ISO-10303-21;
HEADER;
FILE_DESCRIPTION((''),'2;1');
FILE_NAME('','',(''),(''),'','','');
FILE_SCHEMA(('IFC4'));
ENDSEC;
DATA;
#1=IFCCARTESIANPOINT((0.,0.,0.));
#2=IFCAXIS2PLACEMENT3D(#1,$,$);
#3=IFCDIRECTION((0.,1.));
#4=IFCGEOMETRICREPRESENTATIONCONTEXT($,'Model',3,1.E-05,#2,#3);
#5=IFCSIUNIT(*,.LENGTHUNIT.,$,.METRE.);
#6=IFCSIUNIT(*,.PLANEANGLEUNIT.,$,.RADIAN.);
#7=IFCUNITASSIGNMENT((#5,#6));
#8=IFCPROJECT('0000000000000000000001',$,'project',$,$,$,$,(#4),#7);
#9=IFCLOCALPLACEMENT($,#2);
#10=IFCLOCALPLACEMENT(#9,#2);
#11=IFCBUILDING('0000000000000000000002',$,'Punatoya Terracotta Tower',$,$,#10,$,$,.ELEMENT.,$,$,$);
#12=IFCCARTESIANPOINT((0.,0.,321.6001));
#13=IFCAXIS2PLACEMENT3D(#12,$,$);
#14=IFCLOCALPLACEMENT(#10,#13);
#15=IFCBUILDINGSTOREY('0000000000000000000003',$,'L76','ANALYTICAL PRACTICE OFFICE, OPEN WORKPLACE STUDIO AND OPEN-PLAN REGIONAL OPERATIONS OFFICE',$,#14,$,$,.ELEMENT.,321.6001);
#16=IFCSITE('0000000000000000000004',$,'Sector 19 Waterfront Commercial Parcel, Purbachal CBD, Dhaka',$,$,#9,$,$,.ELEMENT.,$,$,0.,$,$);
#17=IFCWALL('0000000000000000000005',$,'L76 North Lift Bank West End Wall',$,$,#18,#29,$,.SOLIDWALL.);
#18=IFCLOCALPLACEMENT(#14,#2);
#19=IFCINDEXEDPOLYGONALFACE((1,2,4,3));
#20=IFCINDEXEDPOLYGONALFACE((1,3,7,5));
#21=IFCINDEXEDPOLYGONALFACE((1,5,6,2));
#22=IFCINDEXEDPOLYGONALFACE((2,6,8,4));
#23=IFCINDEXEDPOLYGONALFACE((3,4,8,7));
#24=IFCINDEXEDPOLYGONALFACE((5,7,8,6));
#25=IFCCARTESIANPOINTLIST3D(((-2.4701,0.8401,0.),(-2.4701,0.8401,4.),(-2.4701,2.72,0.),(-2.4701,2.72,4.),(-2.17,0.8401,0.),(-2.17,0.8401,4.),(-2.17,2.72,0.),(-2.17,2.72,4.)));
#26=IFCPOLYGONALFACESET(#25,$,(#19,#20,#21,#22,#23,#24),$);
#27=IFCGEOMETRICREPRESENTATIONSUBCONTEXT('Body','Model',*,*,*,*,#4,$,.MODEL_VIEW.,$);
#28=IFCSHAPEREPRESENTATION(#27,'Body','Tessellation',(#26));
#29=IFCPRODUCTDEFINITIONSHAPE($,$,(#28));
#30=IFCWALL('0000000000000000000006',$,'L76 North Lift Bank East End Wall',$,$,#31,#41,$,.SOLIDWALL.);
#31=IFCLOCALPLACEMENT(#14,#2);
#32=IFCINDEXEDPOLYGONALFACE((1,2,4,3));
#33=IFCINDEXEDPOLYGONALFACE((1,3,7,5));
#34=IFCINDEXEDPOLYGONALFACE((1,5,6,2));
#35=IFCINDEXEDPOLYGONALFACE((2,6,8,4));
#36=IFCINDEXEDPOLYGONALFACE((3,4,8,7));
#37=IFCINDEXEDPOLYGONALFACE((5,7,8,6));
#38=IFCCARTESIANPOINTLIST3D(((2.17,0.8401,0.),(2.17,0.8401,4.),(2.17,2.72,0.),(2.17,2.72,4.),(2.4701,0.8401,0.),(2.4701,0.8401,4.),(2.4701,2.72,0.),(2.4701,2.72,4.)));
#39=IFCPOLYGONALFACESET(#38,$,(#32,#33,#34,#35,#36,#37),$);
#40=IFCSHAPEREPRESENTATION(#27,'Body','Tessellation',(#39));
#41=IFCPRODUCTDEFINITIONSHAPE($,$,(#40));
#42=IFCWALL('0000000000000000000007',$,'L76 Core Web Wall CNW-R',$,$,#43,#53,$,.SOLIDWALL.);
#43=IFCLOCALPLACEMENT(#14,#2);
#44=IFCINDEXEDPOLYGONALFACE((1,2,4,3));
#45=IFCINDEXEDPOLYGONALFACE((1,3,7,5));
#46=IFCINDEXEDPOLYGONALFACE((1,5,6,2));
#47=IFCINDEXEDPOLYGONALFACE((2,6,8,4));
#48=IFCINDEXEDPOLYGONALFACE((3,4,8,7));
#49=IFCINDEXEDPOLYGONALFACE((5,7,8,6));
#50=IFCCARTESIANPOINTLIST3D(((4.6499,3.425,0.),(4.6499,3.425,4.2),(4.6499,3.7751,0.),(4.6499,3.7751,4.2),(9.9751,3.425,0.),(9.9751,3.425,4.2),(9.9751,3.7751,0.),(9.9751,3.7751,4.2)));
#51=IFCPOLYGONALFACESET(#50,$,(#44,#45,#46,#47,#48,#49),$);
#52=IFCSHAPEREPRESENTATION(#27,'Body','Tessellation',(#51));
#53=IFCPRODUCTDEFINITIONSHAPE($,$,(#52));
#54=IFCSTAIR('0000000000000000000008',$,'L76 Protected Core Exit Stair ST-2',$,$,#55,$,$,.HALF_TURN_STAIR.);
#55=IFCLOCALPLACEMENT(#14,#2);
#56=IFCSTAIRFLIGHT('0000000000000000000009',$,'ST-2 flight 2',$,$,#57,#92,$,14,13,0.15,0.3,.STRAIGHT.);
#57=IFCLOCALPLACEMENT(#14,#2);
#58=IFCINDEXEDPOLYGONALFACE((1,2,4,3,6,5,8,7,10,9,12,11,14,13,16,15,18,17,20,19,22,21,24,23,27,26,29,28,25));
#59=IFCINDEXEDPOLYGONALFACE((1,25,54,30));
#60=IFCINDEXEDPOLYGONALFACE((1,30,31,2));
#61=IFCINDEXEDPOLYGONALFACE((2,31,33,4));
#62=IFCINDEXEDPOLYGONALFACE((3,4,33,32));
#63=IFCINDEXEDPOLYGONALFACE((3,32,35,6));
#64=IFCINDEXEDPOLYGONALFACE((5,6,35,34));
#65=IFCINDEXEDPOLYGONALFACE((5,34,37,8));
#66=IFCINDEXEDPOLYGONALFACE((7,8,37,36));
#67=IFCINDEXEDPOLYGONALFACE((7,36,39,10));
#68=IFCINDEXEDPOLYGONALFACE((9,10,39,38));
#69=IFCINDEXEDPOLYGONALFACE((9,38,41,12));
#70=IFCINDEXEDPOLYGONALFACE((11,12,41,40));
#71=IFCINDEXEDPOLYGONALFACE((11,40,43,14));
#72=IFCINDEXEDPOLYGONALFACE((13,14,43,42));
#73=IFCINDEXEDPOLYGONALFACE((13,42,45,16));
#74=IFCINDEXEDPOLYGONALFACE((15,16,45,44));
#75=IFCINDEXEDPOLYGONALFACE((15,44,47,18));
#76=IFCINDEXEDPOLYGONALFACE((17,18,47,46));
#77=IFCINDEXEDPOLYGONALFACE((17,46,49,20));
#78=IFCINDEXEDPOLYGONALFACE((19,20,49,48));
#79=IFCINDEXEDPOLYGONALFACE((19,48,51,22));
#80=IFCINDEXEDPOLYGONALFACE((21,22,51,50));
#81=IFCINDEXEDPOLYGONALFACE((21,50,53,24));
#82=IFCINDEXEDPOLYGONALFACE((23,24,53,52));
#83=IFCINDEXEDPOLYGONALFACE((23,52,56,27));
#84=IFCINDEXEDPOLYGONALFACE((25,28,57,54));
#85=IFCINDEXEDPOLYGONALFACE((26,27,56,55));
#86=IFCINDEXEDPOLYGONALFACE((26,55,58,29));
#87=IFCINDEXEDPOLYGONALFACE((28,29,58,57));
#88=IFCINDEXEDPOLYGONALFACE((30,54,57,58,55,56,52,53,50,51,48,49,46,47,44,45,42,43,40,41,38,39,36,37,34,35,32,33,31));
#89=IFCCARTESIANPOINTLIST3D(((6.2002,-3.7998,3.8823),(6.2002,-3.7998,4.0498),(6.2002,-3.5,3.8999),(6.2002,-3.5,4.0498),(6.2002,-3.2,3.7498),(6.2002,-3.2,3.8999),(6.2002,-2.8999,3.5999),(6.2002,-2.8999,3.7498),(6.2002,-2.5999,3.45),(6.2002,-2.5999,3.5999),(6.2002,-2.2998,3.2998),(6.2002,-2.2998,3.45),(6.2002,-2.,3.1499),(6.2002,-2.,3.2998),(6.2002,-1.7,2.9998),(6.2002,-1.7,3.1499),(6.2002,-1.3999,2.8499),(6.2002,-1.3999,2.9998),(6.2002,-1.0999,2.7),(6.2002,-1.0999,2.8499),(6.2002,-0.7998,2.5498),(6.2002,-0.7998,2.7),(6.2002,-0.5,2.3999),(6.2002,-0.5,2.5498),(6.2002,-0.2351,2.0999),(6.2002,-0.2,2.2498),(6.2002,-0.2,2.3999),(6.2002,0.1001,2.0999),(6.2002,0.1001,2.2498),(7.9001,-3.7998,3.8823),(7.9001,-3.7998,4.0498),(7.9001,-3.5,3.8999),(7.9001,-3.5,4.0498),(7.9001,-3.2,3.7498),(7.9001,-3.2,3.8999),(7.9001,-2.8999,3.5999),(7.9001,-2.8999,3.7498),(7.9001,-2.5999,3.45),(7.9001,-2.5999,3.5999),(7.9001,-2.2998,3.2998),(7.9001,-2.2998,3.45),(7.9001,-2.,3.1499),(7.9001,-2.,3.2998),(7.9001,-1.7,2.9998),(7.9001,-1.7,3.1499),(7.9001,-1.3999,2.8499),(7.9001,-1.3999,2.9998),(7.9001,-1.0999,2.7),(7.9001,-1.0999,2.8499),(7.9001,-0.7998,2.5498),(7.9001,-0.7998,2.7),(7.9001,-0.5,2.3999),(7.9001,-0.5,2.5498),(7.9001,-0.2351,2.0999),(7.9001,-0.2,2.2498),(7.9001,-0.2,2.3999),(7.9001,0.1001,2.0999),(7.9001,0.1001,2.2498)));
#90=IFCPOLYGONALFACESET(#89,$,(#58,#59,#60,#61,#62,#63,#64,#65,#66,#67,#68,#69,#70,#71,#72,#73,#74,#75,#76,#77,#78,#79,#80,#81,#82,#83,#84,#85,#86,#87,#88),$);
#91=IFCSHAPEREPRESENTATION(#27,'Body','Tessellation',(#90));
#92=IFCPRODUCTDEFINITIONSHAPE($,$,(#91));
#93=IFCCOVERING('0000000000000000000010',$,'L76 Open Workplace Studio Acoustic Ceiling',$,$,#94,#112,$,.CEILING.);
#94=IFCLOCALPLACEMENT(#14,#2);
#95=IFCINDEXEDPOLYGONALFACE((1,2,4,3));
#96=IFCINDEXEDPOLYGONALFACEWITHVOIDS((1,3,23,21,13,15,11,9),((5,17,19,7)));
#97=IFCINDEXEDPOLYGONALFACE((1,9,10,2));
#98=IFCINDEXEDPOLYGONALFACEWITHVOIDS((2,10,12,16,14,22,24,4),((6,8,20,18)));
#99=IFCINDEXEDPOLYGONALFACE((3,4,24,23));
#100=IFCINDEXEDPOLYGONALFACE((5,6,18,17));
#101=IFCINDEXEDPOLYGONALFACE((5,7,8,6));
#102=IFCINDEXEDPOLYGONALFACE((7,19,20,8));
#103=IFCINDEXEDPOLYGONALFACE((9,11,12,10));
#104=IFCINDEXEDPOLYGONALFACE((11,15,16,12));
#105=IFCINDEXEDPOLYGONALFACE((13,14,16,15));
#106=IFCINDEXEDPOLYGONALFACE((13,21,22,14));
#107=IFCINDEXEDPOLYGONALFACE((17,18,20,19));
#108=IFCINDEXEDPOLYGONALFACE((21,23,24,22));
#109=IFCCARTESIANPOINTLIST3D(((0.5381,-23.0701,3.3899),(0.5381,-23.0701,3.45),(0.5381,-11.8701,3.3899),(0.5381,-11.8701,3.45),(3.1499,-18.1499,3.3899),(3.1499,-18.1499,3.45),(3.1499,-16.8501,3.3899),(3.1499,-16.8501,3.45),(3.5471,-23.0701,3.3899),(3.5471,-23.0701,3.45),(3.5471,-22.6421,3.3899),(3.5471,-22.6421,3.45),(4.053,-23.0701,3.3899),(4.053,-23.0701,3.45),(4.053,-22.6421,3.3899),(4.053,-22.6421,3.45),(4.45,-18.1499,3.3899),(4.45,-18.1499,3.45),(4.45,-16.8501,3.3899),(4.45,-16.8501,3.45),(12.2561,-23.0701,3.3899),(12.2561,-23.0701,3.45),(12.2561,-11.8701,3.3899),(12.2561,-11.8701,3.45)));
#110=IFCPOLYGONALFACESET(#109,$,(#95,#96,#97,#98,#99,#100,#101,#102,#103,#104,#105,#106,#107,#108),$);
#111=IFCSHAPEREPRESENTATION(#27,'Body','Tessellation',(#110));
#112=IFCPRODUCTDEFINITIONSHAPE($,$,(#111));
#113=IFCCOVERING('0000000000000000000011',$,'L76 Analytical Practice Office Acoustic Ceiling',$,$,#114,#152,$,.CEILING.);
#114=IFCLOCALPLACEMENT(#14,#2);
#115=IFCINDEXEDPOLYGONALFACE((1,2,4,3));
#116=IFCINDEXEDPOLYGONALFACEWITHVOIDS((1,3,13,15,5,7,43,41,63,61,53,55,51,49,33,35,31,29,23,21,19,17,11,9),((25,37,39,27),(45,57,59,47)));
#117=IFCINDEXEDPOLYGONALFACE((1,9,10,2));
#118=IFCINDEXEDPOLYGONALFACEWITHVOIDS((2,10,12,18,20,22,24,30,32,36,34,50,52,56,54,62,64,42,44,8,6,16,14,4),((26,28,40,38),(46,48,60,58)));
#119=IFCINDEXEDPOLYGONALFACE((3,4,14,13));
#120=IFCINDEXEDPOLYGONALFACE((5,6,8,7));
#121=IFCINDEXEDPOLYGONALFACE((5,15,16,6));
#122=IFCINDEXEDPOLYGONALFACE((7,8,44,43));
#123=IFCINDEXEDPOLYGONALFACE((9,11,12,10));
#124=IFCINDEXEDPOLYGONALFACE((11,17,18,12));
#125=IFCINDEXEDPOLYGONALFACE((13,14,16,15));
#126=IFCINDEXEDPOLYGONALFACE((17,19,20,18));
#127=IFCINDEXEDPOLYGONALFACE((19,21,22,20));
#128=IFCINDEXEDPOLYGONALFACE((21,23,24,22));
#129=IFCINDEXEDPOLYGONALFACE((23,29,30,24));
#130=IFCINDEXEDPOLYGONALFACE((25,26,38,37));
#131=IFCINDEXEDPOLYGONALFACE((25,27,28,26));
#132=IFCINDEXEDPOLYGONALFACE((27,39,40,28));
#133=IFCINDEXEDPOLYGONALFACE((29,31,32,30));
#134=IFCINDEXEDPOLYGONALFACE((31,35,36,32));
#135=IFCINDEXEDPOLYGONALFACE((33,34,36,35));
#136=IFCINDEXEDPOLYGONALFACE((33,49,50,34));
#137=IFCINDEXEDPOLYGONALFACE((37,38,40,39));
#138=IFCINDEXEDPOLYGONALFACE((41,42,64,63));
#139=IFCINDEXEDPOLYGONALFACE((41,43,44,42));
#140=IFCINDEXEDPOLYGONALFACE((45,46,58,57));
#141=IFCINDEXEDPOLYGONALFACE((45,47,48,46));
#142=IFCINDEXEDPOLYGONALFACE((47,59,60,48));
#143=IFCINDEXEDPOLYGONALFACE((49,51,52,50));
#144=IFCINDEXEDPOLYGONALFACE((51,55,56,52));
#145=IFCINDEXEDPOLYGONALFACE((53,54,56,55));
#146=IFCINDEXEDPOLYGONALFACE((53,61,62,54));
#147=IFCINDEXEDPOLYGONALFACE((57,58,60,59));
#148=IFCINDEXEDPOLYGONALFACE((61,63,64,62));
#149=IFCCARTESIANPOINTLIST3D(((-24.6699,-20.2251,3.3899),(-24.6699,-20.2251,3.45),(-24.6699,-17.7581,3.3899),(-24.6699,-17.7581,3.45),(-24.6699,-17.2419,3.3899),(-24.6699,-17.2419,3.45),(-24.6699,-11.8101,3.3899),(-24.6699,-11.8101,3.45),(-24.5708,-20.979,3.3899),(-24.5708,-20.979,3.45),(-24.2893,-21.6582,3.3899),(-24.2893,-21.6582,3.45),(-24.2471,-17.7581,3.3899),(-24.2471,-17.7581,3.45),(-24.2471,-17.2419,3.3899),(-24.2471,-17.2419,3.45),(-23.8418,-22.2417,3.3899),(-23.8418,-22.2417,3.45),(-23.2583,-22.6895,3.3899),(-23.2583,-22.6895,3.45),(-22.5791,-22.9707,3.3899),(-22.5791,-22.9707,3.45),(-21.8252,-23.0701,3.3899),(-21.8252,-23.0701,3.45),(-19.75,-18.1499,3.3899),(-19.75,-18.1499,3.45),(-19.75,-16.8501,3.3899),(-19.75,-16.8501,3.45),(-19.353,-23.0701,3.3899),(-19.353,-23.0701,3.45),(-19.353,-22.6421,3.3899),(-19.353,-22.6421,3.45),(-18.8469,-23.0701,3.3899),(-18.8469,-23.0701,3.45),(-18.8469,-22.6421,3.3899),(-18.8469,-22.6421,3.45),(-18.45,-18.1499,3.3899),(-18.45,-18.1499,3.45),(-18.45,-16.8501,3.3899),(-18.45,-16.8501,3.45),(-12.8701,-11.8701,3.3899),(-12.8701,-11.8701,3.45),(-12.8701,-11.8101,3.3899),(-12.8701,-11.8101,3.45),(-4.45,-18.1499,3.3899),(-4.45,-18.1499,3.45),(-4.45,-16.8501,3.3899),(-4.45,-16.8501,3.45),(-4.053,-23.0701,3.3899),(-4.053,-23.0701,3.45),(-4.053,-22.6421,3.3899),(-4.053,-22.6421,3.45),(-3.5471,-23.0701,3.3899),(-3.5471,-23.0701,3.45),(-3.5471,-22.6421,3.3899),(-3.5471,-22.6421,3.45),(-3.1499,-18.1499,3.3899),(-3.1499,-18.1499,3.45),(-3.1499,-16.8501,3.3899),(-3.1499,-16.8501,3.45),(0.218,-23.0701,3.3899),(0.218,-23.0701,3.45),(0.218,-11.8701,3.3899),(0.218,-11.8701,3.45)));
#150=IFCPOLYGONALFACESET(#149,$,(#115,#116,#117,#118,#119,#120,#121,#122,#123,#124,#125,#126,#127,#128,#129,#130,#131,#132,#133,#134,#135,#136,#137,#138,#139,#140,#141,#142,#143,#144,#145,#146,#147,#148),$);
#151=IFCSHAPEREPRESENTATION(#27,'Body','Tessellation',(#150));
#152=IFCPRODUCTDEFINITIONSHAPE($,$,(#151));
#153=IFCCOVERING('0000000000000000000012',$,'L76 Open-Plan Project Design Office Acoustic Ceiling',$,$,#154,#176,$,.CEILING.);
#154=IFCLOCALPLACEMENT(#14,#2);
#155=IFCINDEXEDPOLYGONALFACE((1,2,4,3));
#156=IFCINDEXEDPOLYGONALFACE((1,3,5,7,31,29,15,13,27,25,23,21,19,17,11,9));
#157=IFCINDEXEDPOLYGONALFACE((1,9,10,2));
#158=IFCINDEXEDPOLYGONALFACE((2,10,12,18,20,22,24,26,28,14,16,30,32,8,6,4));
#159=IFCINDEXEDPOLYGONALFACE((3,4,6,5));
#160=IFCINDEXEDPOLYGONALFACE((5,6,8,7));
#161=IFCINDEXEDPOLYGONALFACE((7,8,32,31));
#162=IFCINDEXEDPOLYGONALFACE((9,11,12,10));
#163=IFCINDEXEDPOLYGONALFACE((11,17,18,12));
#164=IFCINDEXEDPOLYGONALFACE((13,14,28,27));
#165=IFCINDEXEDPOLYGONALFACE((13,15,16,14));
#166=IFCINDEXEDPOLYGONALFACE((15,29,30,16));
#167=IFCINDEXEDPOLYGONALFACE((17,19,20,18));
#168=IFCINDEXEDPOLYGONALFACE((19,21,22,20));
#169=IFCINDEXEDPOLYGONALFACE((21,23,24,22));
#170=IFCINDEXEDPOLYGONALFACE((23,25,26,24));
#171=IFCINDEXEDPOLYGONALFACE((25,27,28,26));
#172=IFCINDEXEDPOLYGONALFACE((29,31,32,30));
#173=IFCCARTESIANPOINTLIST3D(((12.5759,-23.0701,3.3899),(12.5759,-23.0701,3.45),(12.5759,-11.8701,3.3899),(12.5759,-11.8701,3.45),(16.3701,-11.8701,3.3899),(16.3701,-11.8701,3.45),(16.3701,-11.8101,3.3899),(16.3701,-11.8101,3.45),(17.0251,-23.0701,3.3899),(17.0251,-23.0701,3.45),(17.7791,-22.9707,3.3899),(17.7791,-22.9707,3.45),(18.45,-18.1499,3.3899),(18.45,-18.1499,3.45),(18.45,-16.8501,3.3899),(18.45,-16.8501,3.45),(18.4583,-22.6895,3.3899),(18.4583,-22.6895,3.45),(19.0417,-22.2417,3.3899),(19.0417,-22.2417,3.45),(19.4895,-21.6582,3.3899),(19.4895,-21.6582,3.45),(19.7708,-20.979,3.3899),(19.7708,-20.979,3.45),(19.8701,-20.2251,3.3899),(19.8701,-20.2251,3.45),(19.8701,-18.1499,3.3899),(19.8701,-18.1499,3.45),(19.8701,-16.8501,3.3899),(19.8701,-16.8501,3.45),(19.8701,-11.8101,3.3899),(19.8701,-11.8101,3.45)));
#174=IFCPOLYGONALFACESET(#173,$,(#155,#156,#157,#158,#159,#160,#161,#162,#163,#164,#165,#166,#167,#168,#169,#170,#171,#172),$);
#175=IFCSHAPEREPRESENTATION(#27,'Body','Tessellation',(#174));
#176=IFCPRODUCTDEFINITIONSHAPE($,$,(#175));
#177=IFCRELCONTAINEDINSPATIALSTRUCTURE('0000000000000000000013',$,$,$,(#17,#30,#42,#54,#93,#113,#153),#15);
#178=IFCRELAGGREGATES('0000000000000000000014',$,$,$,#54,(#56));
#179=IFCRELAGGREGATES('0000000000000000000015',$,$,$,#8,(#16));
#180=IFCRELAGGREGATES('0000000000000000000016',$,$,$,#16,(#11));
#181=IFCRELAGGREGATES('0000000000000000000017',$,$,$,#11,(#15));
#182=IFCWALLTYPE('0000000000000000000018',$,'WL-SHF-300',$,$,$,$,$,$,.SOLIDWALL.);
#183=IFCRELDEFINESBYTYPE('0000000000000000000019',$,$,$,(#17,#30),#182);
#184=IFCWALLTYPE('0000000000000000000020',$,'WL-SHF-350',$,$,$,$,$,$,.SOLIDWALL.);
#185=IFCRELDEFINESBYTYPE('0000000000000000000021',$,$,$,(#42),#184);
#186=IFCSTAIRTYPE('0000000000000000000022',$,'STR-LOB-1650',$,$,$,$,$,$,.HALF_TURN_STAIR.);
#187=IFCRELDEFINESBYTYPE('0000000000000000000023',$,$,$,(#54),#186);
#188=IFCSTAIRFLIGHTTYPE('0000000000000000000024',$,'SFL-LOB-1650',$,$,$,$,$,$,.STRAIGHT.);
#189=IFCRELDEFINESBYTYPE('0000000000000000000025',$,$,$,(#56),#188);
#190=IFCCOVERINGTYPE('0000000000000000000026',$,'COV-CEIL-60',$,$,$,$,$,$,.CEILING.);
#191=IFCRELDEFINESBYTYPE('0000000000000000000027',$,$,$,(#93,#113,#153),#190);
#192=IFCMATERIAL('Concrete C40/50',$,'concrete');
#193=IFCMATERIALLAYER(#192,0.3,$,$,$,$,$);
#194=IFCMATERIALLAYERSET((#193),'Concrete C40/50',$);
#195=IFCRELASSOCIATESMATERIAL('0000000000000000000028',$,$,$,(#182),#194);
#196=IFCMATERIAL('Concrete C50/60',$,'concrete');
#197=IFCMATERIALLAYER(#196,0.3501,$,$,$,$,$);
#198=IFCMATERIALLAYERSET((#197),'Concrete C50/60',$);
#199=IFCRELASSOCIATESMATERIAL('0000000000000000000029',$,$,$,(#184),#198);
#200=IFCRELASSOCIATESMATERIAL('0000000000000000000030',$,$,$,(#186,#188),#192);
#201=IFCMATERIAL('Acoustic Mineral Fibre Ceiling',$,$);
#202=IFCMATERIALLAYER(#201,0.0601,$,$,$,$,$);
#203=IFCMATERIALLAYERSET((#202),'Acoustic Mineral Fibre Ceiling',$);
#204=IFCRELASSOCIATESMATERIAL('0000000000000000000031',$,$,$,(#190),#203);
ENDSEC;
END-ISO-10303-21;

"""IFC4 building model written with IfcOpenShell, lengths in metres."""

from ifc_helpers import new_model, si_unit, direction, frame, frame_2d, origin, place, context, subcontext, project, spatial, polyline, rectangle, outline, extrude, material, layer, layer_set, type_object, element, aggregate, save


model = new_model("IFC4")

# Units and contexts
model_context = context("Model", 3, precision=1e-05, world=origin(), true_north=direction((0.0, 1.0)))
body_context = subcontext(model_context, "Body", "Model", "MODEL_VIEW")
ifc_project = project(units=[si_unit("LENGTHUNIT", "METRE"), si_unit("PLANEANGLEUNIT", "RADIAN")], contexts=[model_context])

# Site, building, storey
site_placement = place(None, origin())
site = spatial("IfcSite", under=ifc_project, at=site_placement, Name="Sector 19 Waterfront Commercial Parcel, Purbachal CBD, Dhaka", CompositionType="ELEMENT", RefElevation=0.0)
building_placement = place(site_placement, origin())
building = spatial("IfcBuilding", under=site, at=building_placement, Name="Punatoya Terracotta Tower", CompositionType="ELEMENT")
storey_placement = place(building_placement, frame((0.0, 0.0, 321.6001)))
storey = spatial("IfcBuildingStorey", under=building, at=storey_placement, Name="L76", Description="ANALYTICAL PRACTICE OFFICE, OPEN WORKPLACE STUDIO AND OPEN-PLAN REGIONAL OPERATIONS OFFICE", CompositionType="ELEMENT", Elevation=321.6001)

# Shared definitions
ifc_material_1 = material(Name="Concrete C40/50", Category="concrete")

# Shared definitions
ifc_layer_1 = layer(ifc_material_1, 0.3)
ifc_layer_set_1 = layer_set([ifc_layer_1], Name="Concrete C40/50")
wall_type_1 = type_object("IfcWallType", Name="WL-SHF-300", PredefinedType="SOLIDWALL", material=ifc_layer_set_1)

# Walls
for number, where, z_axis, x_axis, name in (
    (1, (-2.3201, 0.8401, 0.0), (0.0, 0.0, 1.0), (0.0, 1.0, 0.0), "L76 North Lift Bank West End Wall"),
    (2, (2.3201, 0.8401, 0.0), (0.0, 0.0, 1.0), (0.0, 1.0, 0.0), "L76 North Lift Bank East End Wall"),
):
    element("IfcWall", number, at=place(storey_placement, frame(where, z_axis=z_axis, x_axis=x_axis)), inside=storey, type_object=wall_type_1, Name=name, PredefinedType="SOLIDWALL", context=body_context, shape_type="SweptSolid", body=[
        extrude(rectangle(XDim=1.8799, YDim=0.3, at=frame_2d((0.9399, 0.0))), origin(), (0.0, 0.0, 1.0), 4.0),
    ])
ifc_material_2 = material(Name="Concrete C50/60", Category="concrete")
ifc_layer_2 = layer(ifc_material_2, 0.3501)
ifc_layer_set_2 = layer_set([ifc_layer_2], Name="Concrete C50/60")
wall_type_2 = type_object("IfcWallType", Name="WL-SHF-350", PredefinedType="SOLIDWALL", material=ifc_layer_set_2)
wall_1_placement = place(storey_placement, frame((4.6499, 3.6001, 0.0), z_axis=(0.0, 0.0, 1.0), x_axis=(1.0, 0.0, 0.0)))
element("IfcWall", 3, at=wall_1_placement, inside=storey, type_object=wall_type_2, Name="L76 Core Web Wall CNW-R", PredefinedType="SOLIDWALL", context=body_context, shape_type="SweptSolid", body=[
    extrude(rectangle(XDim=5.3252, YDim=0.3501, at=frame_2d((2.6626, 0.0))), origin(), (0.0, 0.0, 1.0), 4.2),
])

# Stair, stair flight
stair_type = type_object("IfcStairType", Name="STR-LOB-1650", PredefinedType="HALF_TURN_STAIR", material=ifc_material_1)
stair_placement = place(storey_placement, origin())
stair = element("IfcStair", 4, at=stair_placement, inside=storey, type_object=stair_type, Name="L76 Protected Core Exit Stair ST-2", PredefinedType="HALF_TURN_STAIR")
stair_flight_type = type_object("IfcStairFlightType", Name="SFL-LOB-1650", PredefinedType="STRAIGHT", material=ifc_material_1)
stair_flight_placement = place(storey_placement, frame((7.05, 0.1001, 2.0999), z_axis=(0.0, 0.0, 1.0), x_axis=(0.0, -1.0, 0.0)))
stair_flight = element("IfcStairFlight", 5, at=stair_flight_placement, type_object=stair_flight_type, Name="ST-2 flight 2", NumberOfRisers=14, NumberOfTreads=13, PredefinedType="STRAIGHT", RiserHeight=0.15, TreadLength=0.3, context=body_context, shape_type="SweptSolid", body=[
    extrude(outline(polyline([(0.0, 0.0), (0.0, 0.1499), (0.3, 0.1499), (0.3, 0.3), (0.6001, 0.3), (0.6001, 0.45), (0.8999, 0.45), (0.8999, 0.6001), (1.2, 0.6001), (1.2, 0.75), (1.5, 0.75), (1.5, 0.8999), (1.8, 0.8999), (1.8, 1.05), (2.1001, 1.05), (2.1001, 1.2), (2.3999, 1.2), (2.3999, 1.3501), (2.7, 1.3501), (2.7, 1.5), (3.0, 1.5), (3.0, 1.6499), (3.3, 1.6499), (3.3, 1.8), (3.6001, 1.8), (3.6001, 1.95), (3.8999, 1.95), (3.8999, 2.1001), (3.8999, 1.7825), (0.3352, 0.0), (0.0, 0.0)])), frame((0.0, 0.8501, 0.0), z_axis=(0.0, -1.0, 0.0), x_axis=(1.0, 0.0, 0.0)), (0.0, 0.0, 1.0), 1.7),
])
aggregate(stair, [stair_flight])

# Coverings
ifc_material_3 = material(Name="Acoustic Mineral Fibre Ceiling")
ifc_layer_3 = layer(ifc_material_3, 0.0601)
ifc_layer_set_3 = layer_set([ifc_layer_3], Name="Acoustic Mineral Fibre Ceiling")
covering_type = type_object("IfcCoveringType", Name="COV-CEIL-60", PredefinedType="CEILING", material=ifc_layer_set_3)
covering_1_placement = place(storey_placement, frame((0.0, 0.0, 3.3899)))
element("IfcCovering", 6, at=covering_1_placement, inside=storey, type_object=covering_type, Name="L76 Open Workplace Studio Acoustic Ceiling", PredefinedType="CEILING", context=body_context, shape_type="SweptSolid", body=[
    extrude(outline(polyline([(3.5471, -22.6421), (4.053, -22.6421), (4.053, -23.0701), (12.2561, -23.0701), (12.2561, -11.8701), (0.5381, -11.8701), (0.5381, -23.0701), (3.5471, -23.0701), (3.5471, -22.6421)]), holes=[polyline([(4.45, -16.8501), (4.45, -18.1499), (3.1499, -18.1499), (3.1499, -16.8501), (4.45, -16.8501)])]), origin(), (0.0, 0.0, 1.0), 0.0601),
])
covering_2_placement = place(storey_placement, frame((0.0, 0.0, 3.3899)))
element("IfcCovering", 7, at=covering_2_placement, inside=storey, type_object=covering_type, Name="L76 Analytical Practice Office Acoustic Ceiling", PredefinedType="CEILING", context=body_context, shape_type="SweptSolid", body=[
    extrude(outline(polyline([(-12.8701, -11.8701), (-12.8701, -11.8101), (-24.6699, -11.8101), (-24.6699, -17.2419), (-24.2471, -17.2419), (-24.2471, -17.7581), (-24.6699, -17.7581), (-24.6699, -20.2251), (-24.5708, -20.979), (-24.2893, -21.6582), (-23.8418, -22.2417), (-23.2583, -22.6895), (-22.5791, -22.9707), (-21.8252, -23.0701), (-19.353, -23.0701), (-19.353, -22.6421), (-18.8469, -22.6421), (-18.8469, -23.0701), (-4.053, -23.0701), (-4.053, -22.6421), (-3.5471, -22.6421), (-3.5471, -23.0701), (0.218, -23.0701), (0.218, -11.8701), (-12.8701, -11.8701)]), holes=[polyline([(-4.45, -16.8501), (-3.1499, -16.8501), (-3.1499, -18.1499), (-4.45, -18.1499), (-4.45, -16.8501)]), polyline([(-19.75, -18.1499), (-19.75, -16.8501), (-18.45, -16.8501), (-18.45, -18.1499), (-19.75, -18.1499)])]), origin(), (0.0, 0.0, 1.0), 0.0601),
])
covering_3_placement = place(storey_placement, frame((0.0, 0.0, 3.3899)))
element("IfcCovering", 8, at=covering_3_placement, inside=storey, type_object=covering_type, Name="L76 Open-Plan Project Design Office Acoustic Ceiling", PredefinedType="CEILING", context=body_context, shape_type="SweptSolid", body=[
    extrude(outline(polyline([(16.3701, -11.8701), (12.5759, -11.8701), (12.5759, -23.0701), (17.0251, -23.0701), (17.7791, -22.9707), (18.4583, -22.6895), (19.0417, -22.2417), (19.4895, -21.6582), (19.7708, -20.979), (19.8701, -20.2251), (19.8701, -18.1499), (18.45, -18.1499), (18.45, -16.8501), (19.8701, -16.8501), (19.8701, -11.8101), (16.3701, -11.8101), (16.3701, -11.8701)])), origin(), (0.0, 0.0, 1.0), 0.0601),
])

save(model, "model.ifc")
